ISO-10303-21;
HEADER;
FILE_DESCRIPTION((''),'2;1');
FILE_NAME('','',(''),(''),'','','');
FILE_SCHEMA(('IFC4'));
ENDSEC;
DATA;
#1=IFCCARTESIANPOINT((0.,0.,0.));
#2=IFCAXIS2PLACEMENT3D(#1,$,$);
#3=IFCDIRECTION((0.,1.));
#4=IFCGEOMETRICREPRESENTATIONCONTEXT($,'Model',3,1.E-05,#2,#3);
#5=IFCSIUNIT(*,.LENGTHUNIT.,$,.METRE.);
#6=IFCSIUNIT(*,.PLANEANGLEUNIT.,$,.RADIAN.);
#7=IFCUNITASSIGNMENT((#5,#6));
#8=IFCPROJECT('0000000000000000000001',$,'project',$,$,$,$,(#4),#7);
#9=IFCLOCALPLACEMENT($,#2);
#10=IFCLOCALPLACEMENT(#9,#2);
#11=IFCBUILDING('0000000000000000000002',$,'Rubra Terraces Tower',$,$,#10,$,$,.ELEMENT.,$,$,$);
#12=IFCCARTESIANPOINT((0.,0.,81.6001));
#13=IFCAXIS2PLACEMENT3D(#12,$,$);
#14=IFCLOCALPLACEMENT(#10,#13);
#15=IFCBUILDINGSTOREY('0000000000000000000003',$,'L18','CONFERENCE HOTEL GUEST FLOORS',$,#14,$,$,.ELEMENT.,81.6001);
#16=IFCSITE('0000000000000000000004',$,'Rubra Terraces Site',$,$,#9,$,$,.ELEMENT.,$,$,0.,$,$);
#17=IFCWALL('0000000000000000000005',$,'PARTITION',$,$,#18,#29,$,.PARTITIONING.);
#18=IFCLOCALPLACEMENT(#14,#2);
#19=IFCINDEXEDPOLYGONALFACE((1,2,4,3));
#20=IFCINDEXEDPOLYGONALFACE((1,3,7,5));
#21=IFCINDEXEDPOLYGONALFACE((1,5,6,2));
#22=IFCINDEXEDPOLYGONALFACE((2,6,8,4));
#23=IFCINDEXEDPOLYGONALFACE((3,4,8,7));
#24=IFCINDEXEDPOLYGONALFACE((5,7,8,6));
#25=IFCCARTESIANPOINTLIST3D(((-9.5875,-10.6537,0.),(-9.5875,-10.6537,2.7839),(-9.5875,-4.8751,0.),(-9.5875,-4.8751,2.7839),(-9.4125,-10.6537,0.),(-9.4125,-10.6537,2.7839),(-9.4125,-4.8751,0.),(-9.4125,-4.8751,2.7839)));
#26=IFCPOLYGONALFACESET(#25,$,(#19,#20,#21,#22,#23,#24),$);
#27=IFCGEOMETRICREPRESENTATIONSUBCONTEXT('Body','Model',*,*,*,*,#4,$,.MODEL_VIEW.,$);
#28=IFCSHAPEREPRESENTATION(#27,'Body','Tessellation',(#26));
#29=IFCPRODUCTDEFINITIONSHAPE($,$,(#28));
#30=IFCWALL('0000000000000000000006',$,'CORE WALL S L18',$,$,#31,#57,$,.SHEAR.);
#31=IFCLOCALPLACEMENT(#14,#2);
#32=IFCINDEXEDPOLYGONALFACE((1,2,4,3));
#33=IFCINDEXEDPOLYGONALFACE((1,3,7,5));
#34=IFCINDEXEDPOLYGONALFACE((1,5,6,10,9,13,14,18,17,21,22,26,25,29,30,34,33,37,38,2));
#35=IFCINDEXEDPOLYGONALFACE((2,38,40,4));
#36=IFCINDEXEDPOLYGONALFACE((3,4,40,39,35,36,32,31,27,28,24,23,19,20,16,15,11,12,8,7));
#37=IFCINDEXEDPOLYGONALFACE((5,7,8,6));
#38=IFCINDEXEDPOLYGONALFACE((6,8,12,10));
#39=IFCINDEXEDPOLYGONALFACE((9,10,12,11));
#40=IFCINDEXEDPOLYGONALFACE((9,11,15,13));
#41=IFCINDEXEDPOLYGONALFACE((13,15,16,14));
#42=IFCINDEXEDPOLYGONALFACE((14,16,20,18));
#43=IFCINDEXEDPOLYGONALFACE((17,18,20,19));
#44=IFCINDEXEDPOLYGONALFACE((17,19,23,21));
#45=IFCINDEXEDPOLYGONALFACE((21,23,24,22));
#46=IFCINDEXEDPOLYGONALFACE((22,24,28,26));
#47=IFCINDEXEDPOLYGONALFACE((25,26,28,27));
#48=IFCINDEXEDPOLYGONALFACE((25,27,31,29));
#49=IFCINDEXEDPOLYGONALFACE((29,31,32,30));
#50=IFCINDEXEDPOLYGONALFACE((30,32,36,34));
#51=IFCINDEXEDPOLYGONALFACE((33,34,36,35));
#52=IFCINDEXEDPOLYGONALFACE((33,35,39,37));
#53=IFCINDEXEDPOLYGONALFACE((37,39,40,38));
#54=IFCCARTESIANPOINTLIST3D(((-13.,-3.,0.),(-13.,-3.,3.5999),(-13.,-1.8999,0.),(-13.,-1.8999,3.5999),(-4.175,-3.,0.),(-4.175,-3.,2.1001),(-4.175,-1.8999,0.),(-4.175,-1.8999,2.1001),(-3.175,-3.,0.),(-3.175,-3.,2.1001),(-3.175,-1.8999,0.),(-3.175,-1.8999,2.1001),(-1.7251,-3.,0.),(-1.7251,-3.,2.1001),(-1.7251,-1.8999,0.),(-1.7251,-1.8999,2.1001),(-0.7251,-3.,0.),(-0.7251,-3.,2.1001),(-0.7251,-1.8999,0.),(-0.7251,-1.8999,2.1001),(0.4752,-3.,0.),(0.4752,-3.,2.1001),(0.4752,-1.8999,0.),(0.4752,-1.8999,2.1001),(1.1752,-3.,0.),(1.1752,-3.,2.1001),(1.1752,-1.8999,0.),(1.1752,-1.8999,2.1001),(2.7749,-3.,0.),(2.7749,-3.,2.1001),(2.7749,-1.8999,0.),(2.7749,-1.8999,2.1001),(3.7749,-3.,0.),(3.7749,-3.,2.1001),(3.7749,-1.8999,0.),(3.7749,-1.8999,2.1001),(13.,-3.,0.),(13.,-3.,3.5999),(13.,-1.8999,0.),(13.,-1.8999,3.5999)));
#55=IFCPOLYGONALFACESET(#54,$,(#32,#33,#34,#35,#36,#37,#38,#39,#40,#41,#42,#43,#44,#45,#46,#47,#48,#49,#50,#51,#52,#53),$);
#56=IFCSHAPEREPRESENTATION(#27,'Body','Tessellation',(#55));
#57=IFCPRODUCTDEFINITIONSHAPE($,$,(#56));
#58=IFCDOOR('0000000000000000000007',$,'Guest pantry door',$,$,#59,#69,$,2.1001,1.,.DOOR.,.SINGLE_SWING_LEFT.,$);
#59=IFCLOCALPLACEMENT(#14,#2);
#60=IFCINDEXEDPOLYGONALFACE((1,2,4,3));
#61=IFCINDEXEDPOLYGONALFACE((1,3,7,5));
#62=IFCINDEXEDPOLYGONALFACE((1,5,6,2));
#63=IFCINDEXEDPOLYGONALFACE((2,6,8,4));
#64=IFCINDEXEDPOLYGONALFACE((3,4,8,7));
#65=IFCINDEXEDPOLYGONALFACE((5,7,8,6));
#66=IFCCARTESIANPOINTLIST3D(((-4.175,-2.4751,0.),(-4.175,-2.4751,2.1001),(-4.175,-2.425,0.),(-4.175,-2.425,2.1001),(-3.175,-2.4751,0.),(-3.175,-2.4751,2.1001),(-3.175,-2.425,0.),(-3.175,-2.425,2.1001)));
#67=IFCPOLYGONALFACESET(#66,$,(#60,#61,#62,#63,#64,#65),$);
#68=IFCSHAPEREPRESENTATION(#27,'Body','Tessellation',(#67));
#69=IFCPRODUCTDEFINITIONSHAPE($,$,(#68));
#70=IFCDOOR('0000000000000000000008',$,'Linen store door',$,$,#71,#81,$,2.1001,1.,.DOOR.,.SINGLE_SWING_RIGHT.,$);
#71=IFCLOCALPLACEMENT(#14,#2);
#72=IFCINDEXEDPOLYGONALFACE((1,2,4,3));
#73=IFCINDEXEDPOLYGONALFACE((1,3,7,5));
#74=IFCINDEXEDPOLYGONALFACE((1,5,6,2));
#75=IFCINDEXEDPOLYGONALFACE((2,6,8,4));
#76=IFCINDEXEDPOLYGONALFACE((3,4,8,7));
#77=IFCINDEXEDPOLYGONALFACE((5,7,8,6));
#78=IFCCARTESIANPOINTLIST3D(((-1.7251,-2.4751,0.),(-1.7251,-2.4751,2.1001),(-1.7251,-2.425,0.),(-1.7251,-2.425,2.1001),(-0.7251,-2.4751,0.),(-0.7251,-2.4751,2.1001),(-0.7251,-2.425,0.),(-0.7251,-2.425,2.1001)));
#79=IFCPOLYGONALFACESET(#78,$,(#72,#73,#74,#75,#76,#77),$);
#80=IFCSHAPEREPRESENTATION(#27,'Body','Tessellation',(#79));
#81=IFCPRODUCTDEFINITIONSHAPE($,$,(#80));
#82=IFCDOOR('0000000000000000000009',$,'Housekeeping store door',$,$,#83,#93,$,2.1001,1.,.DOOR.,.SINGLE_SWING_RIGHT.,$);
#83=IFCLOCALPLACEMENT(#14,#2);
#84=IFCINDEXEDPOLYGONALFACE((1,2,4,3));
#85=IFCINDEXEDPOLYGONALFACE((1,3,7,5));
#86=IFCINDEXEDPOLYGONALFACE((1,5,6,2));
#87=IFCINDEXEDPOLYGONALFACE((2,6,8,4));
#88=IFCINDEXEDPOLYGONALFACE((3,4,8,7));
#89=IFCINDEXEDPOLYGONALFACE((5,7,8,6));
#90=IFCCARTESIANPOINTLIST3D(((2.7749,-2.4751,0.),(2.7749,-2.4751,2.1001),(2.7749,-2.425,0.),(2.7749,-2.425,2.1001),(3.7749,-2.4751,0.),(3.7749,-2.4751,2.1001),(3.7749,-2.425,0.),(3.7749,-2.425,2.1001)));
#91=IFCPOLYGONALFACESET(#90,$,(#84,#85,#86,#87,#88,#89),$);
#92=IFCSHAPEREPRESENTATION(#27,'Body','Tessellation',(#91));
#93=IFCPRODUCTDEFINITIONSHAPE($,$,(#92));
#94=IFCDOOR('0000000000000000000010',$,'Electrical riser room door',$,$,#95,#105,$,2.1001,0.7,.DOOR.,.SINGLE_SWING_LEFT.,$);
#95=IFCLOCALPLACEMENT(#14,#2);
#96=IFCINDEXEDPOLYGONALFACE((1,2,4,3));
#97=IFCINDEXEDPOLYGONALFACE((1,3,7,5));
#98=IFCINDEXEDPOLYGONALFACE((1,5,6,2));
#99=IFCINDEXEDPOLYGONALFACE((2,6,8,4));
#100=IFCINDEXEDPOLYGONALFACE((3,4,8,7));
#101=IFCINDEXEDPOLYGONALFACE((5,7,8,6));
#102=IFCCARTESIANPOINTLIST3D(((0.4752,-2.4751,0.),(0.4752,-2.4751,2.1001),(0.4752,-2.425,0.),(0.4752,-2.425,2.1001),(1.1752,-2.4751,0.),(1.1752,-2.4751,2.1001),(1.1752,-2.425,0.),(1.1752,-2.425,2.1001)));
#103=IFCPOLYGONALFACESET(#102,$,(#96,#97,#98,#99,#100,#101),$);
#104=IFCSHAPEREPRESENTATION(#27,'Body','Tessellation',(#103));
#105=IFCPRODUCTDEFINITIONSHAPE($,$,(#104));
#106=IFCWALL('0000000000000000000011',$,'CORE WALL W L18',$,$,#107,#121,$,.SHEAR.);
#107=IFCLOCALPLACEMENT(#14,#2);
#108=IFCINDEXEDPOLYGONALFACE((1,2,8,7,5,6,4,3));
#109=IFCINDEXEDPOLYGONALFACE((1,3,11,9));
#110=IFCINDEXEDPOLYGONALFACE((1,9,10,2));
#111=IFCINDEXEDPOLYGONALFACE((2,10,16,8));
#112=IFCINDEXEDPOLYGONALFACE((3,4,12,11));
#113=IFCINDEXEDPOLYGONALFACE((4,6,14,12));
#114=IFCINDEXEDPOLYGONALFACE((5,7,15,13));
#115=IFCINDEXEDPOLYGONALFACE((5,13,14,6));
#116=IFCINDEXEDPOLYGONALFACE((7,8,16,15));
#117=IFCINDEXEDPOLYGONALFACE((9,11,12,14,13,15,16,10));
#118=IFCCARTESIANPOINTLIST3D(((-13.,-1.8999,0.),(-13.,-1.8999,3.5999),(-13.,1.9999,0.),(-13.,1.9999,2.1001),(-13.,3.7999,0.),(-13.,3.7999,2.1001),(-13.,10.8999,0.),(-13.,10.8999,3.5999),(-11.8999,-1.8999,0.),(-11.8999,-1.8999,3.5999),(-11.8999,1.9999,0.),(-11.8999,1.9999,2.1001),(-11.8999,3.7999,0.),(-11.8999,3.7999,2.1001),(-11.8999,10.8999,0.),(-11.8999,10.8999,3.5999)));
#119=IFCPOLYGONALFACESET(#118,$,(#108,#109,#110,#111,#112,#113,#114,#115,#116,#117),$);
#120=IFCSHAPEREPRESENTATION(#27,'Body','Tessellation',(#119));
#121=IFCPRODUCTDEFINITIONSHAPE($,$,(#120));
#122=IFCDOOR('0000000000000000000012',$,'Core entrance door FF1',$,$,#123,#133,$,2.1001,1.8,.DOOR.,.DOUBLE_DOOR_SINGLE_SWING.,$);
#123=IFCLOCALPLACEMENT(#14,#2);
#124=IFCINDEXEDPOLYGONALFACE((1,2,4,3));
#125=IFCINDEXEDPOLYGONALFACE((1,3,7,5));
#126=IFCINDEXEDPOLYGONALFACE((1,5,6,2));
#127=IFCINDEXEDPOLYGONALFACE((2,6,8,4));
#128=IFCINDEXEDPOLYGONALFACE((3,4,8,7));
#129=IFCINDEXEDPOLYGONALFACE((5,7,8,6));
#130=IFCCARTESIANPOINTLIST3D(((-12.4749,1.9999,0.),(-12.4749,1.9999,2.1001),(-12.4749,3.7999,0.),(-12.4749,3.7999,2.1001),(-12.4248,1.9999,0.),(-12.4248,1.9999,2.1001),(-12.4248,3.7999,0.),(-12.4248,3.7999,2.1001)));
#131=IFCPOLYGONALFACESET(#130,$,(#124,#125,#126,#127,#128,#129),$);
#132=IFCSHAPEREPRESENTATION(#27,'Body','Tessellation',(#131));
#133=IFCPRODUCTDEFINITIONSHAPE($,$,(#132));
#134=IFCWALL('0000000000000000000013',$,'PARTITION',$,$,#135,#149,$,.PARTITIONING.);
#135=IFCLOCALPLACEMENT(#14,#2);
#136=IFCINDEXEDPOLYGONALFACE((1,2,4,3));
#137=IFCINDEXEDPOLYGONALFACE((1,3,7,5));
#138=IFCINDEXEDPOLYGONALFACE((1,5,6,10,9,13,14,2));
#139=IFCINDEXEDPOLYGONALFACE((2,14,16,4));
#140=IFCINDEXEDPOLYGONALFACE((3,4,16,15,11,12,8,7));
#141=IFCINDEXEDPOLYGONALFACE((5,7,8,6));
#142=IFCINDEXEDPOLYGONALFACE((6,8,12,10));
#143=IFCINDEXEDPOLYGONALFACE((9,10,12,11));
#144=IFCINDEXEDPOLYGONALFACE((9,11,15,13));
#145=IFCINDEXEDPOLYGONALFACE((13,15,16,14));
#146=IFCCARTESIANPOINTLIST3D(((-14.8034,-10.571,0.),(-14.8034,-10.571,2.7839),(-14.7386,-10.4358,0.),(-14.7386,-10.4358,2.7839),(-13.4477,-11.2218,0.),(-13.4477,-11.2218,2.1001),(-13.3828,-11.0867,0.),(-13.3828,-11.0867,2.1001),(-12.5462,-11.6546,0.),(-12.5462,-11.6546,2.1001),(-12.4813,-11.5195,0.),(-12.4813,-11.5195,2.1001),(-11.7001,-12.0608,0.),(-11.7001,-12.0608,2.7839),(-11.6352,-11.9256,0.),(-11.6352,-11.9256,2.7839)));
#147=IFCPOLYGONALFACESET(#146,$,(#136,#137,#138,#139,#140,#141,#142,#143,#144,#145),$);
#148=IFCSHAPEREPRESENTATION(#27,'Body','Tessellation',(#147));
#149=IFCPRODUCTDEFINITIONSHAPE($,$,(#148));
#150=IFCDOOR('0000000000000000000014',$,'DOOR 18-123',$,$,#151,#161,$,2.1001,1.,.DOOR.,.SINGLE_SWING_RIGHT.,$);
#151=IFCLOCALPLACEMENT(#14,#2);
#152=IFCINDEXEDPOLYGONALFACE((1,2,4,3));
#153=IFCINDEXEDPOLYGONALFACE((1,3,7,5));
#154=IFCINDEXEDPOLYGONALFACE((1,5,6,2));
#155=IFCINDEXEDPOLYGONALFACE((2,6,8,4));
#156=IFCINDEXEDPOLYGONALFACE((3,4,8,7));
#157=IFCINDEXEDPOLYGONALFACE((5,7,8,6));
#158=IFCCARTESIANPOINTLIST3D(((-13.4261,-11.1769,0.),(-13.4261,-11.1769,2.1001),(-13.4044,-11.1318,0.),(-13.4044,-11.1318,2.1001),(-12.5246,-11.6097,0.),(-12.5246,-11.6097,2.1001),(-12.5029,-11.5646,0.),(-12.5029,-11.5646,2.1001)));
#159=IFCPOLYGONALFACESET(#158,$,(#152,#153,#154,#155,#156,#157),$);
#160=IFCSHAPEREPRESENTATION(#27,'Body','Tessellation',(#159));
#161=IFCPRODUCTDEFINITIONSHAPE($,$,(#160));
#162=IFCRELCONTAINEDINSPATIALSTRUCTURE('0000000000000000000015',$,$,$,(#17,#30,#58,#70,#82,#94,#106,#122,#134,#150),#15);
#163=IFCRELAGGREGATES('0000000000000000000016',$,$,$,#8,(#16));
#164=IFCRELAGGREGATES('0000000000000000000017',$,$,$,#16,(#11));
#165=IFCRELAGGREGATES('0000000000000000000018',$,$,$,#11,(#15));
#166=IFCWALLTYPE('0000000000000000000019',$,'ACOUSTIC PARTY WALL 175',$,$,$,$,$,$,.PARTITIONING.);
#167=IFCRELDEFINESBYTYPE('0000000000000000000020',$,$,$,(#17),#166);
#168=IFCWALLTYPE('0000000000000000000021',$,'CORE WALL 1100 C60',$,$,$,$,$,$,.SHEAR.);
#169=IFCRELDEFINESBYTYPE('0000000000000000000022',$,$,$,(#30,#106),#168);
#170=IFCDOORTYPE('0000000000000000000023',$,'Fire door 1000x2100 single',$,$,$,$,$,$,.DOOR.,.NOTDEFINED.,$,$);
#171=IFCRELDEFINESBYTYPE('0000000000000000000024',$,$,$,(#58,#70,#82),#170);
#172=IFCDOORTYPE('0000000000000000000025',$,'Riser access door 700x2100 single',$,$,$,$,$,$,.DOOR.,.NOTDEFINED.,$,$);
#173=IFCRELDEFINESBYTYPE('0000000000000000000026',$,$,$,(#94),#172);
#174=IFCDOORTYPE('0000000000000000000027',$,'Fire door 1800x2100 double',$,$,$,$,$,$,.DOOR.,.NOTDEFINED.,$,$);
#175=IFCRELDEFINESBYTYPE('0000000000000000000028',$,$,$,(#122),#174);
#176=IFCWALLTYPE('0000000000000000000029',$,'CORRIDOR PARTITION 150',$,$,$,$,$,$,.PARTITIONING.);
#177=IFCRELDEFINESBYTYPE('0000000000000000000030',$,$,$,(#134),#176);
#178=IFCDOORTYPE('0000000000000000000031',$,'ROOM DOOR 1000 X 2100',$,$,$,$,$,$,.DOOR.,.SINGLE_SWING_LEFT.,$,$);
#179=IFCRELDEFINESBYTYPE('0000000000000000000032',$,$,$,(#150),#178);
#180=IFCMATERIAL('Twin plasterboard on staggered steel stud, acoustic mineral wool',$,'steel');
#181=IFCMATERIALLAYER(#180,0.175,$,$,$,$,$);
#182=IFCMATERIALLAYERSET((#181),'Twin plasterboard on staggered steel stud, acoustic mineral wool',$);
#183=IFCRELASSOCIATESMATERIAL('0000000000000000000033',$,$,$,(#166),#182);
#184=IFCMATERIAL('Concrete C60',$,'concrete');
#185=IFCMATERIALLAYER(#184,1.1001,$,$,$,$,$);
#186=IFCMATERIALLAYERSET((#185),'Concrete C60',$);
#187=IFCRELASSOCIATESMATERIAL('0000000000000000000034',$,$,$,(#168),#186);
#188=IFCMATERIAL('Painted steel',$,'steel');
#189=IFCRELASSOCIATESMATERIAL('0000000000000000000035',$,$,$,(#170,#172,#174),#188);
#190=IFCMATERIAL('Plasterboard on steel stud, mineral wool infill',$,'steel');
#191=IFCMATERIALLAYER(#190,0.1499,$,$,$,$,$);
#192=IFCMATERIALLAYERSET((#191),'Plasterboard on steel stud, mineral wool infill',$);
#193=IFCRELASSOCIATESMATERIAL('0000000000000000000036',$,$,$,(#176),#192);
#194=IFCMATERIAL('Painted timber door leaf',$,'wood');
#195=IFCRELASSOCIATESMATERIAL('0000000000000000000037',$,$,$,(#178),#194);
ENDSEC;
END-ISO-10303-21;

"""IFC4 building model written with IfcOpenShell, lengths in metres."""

from ifc_helpers import new_model, si_unit, direction, frame, frame_2d, origin, place, context, subcontext, project, spatial, rectangle, extrude, material, layer, layer_set, type_object, element, fill, save


model = new_model("IFC4")

# Units and contexts
model_context = context("Model", 3, precision=1e-05, world=origin(), true_north=direction((0.0, 1.0)))
body_context = subcontext(model_context, "Body", "Model", "MODEL_VIEW")
ifc_project = project(units=[si_unit("LENGTHUNIT", "METRE"), si_unit("PLANEANGLEUNIT", "RADIAN")], contexts=[model_context])

# Site, building, storey
site_placement = place(None, origin())
site = spatial("IfcSite", under=ifc_project, at=site_placement, Name="Rubra Terraces Site", CompositionType="ELEMENT", RefElevation=0.0)
building_placement = place(site_placement, origin())
building = spatial("IfcBuilding", under=site, at=building_placement, Name="Rubra Terraces Tower", CompositionType="ELEMENT")
storey_placement = place(building_placement, frame((0.0, 0.0, 81.6001)))
storey = spatial("IfcBuildingStorey", under=building, at=storey_placement, Name="L18", Description="CONFERENCE HOTEL GUEST FLOORS", CompositionType="ELEMENT", Elevation=81.6001)

# Wall
ifc_material_1 = material(Name="Twin plasterboard on staggered steel stud, acoustic mineral wool", Category="steel")
ifc_layer_1 = layer(ifc_material_1, 0.175)
ifc_layer_set_1 = layer_set([ifc_layer_1], Name="Twin plasterboard on staggered steel stud, acoustic mineral wool")
wall_type_1 = type_object("IfcWallType", Name="ACOUSTIC PARTY WALL 175", PredefinedType="PARTITIONING", material=ifc_layer_set_1)
wall_1_placement = place(storey_placement, frame((-9.5, -10.6536, 0.0), z_axis=(0.0, 0.0, 1.0), x_axis=(0.0, 1.0, 0.0)))
element("IfcWall", 1, at=wall_1_placement, inside=storey, type_object=wall_type_1, Name="PARTITION", PredefinedType="PARTITIONING", context=body_context, shape_type="SweptSolid", body=[
    extrude(rectangle(XDim=5.7786, YDim=0.175, at=frame_2d((2.8892, 0.0))), origin(), (0.0, 0.0, 1.0), 2.7839),
])

# Wall, openings, doors
ifc_material_2 = material(Name="Concrete C60", Category="concrete")
ifc_layer_2 = layer(ifc_material_2, 1.1001)
ifc_layer_set_2 = layer_set([ifc_layer_2], Name="Concrete C60")
wall_type_2 = type_object("IfcWallType", Name="CORE WALL 1100 C60", PredefinedType="SHEAR", material=ifc_layer_set_2)
wall_2_placement = place(storey_placement, frame((-13.0, -2.45, 0.0), z_axis=(0.0, 0.0, 1.0), x_axis=(1.0, 0.0, 0.0)))
wall_2 = element("IfcWall", 2, at=wall_2_placement, inside=storey, type_object=wall_type_2, Name="CORE WALL S L18", PredefinedType="SHEAR", context=body_context, shape_type="SweptSolid", body=[
    extrude(rectangle(XDim=26.0, YDim=1.1001, at=frame_2d((13.0, 0.0))), origin(), (0.0, 0.0, 1.0), 3.5999),
])
opening_1_placement = place(wall_2_placement, frame((8.825, 0.0, 0.0)))
opening_1 = element("IfcOpeningElement", 3, at=opening_1_placement, cuts=wall_2, PredefinedType="OPENING", context=body_context, shape_type="SweptSolid", body=[
    extrude(rectangle(XDim=1.0, YDim=2.1001, at=frame_2d((0.5, 1.05))), frame((0.0, 0.5601, 0.0), z_axis=(0.0, -1.0, 0.0), x_axis=(1.0, 0.0, 0.0)), (0.0, 0.0, 1.0), 1.1201),
])
opening_2_placement = place(wall_2_placement, frame((11.2749, 0.0, 0.0)))
opening_2 = element("IfcOpeningElement", 4, at=opening_2_placement, cuts=wall_2, PredefinedType="OPENING", context=body_context, shape_type="SweptSolid", body=[
    extrude(rectangle(XDim=1.0, YDim=2.1001, at=frame_2d((0.5, 1.05))), frame((0.0, 0.5601, 0.0), z_axis=(0.0, -1.0, 0.0), x_axis=(1.0, 0.0, 0.0)), (0.0, 0.0, 1.0), 1.1201),
])
opening_3_placement = place(wall_2_placement, frame((13.4751, 0.0, 0.0)))
opening_3 = element("IfcOpeningElement", 5, at=opening_3_placement, cuts=wall_2, PredefinedType="OPENING", context=body_context, shape_type="SweptSolid", body=[
    extrude(rectangle(XDim=0.7, YDim=2.1001, at=frame_2d((0.3501, 1.05))), frame((0.0, 0.5601, 0.0), z_axis=(0.0, -1.0, 0.0), x_axis=(1.0, 0.0, 0.0)), (0.0, 0.0, 1.0), 1.1201),
])
opening_4_placement = place(wall_2_placement, frame((15.7749, 0.0, 0.0)))
opening_4 = element("IfcOpeningElement", 6, at=opening_4_placement, cuts=wall_2, PredefinedType="OPENING", context=body_context, shape_type="SweptSolid", body=[
    extrude(rectangle(XDim=1.0, YDim=2.1001, at=frame_2d((0.5, 1.05))), frame((0.0, 0.5601, 0.0), z_axis=(0.0, -1.0, 0.0), x_axis=(1.0, 0.0, 0.0)), (0.0, 0.0, 1.0), 1.1201),
])
ifc_material_3 = material(Name="Painted steel", Category="steel")
door_type_1 = type_object("IfcDoorType", Name="Fire door 1000x2100 single", OperationType="NOTDEFINED", PredefinedType="DOOR", material=ifc_material_3)
door_1_placement = place(opening_1_placement, origin())
door_1 = element("IfcDoor", 7, at=door_1_placement, inside=storey, type_object=door_type_1, Name="Guest pantry door", OperationType="SINGLE_SWING_LEFT", OverallHeight=2.1001, OverallWidth=1.0, PredefinedType="DOOR", context=body_context, shape_type="SweptSolid", body=[
    extrude(rectangle(XDim=1.0, YDim=2.1001, at=frame_2d((0.5, 1.05))), frame((0.0, 0.0249, 0.0), z_axis=(0.0, -1.0, 0.0), x_axis=(1.0, 0.0, 0.0)), (0.0, 0.0, 1.0), 0.05),
])
fill(opening_1, door_1)
door_2_placement = place(opening_2_placement, origin())
door_2 = element("IfcDoor", 8, at=door_2_placement, inside=storey, type_object=door_type_1, Name="Linen store door", OperationType="SINGLE_SWING_RIGHT", OverallHeight=2.1001, OverallWidth=1.0, PredefinedType="DOOR", context=body_context, shape_type="SweptSolid", body=[
    extrude(rectangle(XDim=1.0, YDim=2.1001, at=frame_2d((0.5, 1.05))), frame((0.0, 0.0249, 0.0), z_axis=(0.0, -1.0, 0.0), x_axis=(1.0, 0.0, 0.0)), (0.0, 0.0, 1.0), 0.05),
])
fill(opening_2, door_2)
door_3_placement = place(opening_4_placement, origin())
door_3 = element("IfcDoor", 9, at=door_3_placement, inside=storey, type_object=door_type_1, Name="Housekeeping store door", OperationType="SINGLE_SWING_RIGHT", OverallHeight=2.1001, OverallWidth=1.0, PredefinedType="DOOR", context=body_context, shape_type="SweptSolid", body=[
    extrude(rectangle(XDim=1.0, YDim=2.1001, at=frame_2d((0.5, 1.05))), frame((0.0, 0.0249, 0.0), z_axis=(0.0, -1.0, 0.0), x_axis=(1.0, 0.0, 0.0)), (0.0, 0.0, 1.0), 0.05),
])
fill(opening_4, door_3)
door_type_2 = type_object("IfcDoorType", Name="Riser access door 700x2100 single", OperationType="NOTDEFINED", PredefinedType="DOOR", material=ifc_material_3)
door_4_placement = place(opening_3_placement, origin())
door_4 = element("IfcDoor", 10, at=door_4_placement, inside=storey, type_object=door_type_2, Name="Electrical riser room door", OperationType="SINGLE_SWING_LEFT", OverallHeight=2.1001, OverallWidth=0.7, PredefinedType="DOOR", context=body_context, shape_type="SweptSolid", body=[
    extrude(rectangle(XDim=0.7, YDim=2.1001, at=frame_2d((0.3501, 1.05))), frame((0.0, 0.0249, 0.0), z_axis=(0.0, -1.0, 0.0), x_axis=(1.0, 0.0, 0.0)), (0.0, 0.0, 1.0), 0.05),
])
fill(opening_3, door_4)

# Walls, openings, doors
wall_3_placement = place(storey_placement, frame((-12.45, -1.8999, 0.0), z_axis=(0.0, 0.0, 1.0), x_axis=(0.0, 1.0, 0.0)))
wall_3 = element("IfcWall", 11, at=wall_3_placement, inside=storey, type_object=wall_type_2, Name="CORE WALL W L18", PredefinedType="SHEAR", context=body_context, shape_type="SweptSolid", body=[
    extrude(rectangle(XDim=12.7998, YDim=1.1001, at=frame_2d((6.3999, 0.0))), origin(), (0.0, 0.0, 1.0), 3.5999),
])
opening_5_placement = place(wall_3_placement, frame((3.8999, 0.0, 0.0)))
opening_5 = element("IfcOpeningElement", 12, at=opening_5_placement, cuts=wall_3, PredefinedType="OPENING", context=body_context, shape_type="SweptSolid", body=[
    extrude(rectangle(XDim=1.8, YDim=2.1001, at=frame_2d((0.8999, 1.05))), frame((0.0, 0.5601, 0.0), z_axis=(0.0, -1.0, 0.0), x_axis=(1.0, 0.0, 0.0)), (0.0, 0.0, 1.0), 1.1201),
])
door_type_3 = type_object("IfcDoorType", Name="Fire door 1800x2100 double", OperationType="NOTDEFINED", PredefinedType="DOOR", material=ifc_material_3)
door_5_placement = place(opening_5_placement, origin())
door_5 = element("IfcDoor", 13, at=door_5_placement, inside=storey, type_object=door_type_3, Name="Core entrance door FF1", OperationType="DOUBLE_DOOR_SINGLE_SWING", OverallHeight=2.1001, OverallWidth=1.8, PredefinedType="DOOR", context=body_context, shape_type="SweptSolid", body=[
    extrude(rectangle(XDim=1.8, YDim=2.1001, at=frame_2d((0.8999, 1.05))), frame((0.0, 0.0249, 0.0), z_axis=(0.0, -1.0, 0.0), x_axis=(1.0, 0.0, 0.0)), (0.0, 0.0, 1.0), 0.05),
])
fill(opening_5, door_5)
ifc_material_4 = material(Name="Plasterboard on steel stud, mineral wool infill", Category="steel")
ifc_layer_3 = layer(ifc_material_4, 0.1499)
ifc_layer_set_3 = layer_set([ifc_layer_3], Name="Plasterboard on steel stud, mineral wool infill")
wall_type_3 = type_object("IfcWallType", Name="CORRIDOR PARTITION 150", PredefinedType="PARTITIONING", material=ifc_layer_set_3)
wall_4_placement = place(storey_placement, frame((-14.771, -10.5034, 0.0), z_axis=(0.0, 0.0, 1.0), x_axis=(0.901503, -0.432773, 0.0)))
wall_4 = element("IfcWall", 14, at=wall_4_placement, inside=storey, type_object=wall_type_3, Name="PARTITION", PredefinedType="PARTITIONING", context=body_context, shape_type="SweptSolid", body=[
    extrude(rectangle(XDim=3.4424, YDim=0.1499, at=frame_2d((1.7212, 0.0))), origin(), (0.0, 0.0, 1.0), 2.7839),
])
opening_6_placement = place(wall_4_placement, frame((1.5039, 0.0, 0.0)))
opening_6 = element("IfcOpeningElement", 15, at=opening_6_placement, cuts=wall_4, PredefinedType="OPENING", context=body_context, shape_type="SweptSolid", body=[
    extrude(rectangle(XDim=1.0, YDim=2.1001, at=frame_2d((0.5, 1.05))), frame((0.0, 0.085, 0.0), z_axis=(0.0, -1.0, 0.0), x_axis=(1.0, 0.0, 0.0)), (0.0, 0.0, 1.0), 0.1699),
])
ifc_material_5 = material(Name="Painted timber door leaf", Category="wood")
door_type_4 = type_object("IfcDoorType", Name="ROOM DOOR 1000 X 2100", OperationType="SINGLE_SWING_LEFT", PredefinedType="DOOR", material=ifc_material_5)
door_6_placement = place(opening_6_placement, origin())
door_6 = element("IfcDoor", 16, at=door_6_placement, inside=storey, type_object=door_type_4, Name="DOOR 18-123", OperationType="SINGLE_SWING_RIGHT", OverallHeight=2.1001, OverallWidth=1.0, PredefinedType="DOOR", context=body_context, shape_type="SweptSolid", body=[
    extrude(rectangle(XDim=1.0, YDim=2.1001, at=frame_2d((0.5, 1.05))), frame((0.0, 0.0249, 0.0), z_axis=(0.0, -1.0, 0.0), x_axis=(1.0, 0.0, 0.0)), (0.0, 0.0, 1.0), 0.05),
])
fill(opening_6, door_6)

save(model, "model.ifc")
